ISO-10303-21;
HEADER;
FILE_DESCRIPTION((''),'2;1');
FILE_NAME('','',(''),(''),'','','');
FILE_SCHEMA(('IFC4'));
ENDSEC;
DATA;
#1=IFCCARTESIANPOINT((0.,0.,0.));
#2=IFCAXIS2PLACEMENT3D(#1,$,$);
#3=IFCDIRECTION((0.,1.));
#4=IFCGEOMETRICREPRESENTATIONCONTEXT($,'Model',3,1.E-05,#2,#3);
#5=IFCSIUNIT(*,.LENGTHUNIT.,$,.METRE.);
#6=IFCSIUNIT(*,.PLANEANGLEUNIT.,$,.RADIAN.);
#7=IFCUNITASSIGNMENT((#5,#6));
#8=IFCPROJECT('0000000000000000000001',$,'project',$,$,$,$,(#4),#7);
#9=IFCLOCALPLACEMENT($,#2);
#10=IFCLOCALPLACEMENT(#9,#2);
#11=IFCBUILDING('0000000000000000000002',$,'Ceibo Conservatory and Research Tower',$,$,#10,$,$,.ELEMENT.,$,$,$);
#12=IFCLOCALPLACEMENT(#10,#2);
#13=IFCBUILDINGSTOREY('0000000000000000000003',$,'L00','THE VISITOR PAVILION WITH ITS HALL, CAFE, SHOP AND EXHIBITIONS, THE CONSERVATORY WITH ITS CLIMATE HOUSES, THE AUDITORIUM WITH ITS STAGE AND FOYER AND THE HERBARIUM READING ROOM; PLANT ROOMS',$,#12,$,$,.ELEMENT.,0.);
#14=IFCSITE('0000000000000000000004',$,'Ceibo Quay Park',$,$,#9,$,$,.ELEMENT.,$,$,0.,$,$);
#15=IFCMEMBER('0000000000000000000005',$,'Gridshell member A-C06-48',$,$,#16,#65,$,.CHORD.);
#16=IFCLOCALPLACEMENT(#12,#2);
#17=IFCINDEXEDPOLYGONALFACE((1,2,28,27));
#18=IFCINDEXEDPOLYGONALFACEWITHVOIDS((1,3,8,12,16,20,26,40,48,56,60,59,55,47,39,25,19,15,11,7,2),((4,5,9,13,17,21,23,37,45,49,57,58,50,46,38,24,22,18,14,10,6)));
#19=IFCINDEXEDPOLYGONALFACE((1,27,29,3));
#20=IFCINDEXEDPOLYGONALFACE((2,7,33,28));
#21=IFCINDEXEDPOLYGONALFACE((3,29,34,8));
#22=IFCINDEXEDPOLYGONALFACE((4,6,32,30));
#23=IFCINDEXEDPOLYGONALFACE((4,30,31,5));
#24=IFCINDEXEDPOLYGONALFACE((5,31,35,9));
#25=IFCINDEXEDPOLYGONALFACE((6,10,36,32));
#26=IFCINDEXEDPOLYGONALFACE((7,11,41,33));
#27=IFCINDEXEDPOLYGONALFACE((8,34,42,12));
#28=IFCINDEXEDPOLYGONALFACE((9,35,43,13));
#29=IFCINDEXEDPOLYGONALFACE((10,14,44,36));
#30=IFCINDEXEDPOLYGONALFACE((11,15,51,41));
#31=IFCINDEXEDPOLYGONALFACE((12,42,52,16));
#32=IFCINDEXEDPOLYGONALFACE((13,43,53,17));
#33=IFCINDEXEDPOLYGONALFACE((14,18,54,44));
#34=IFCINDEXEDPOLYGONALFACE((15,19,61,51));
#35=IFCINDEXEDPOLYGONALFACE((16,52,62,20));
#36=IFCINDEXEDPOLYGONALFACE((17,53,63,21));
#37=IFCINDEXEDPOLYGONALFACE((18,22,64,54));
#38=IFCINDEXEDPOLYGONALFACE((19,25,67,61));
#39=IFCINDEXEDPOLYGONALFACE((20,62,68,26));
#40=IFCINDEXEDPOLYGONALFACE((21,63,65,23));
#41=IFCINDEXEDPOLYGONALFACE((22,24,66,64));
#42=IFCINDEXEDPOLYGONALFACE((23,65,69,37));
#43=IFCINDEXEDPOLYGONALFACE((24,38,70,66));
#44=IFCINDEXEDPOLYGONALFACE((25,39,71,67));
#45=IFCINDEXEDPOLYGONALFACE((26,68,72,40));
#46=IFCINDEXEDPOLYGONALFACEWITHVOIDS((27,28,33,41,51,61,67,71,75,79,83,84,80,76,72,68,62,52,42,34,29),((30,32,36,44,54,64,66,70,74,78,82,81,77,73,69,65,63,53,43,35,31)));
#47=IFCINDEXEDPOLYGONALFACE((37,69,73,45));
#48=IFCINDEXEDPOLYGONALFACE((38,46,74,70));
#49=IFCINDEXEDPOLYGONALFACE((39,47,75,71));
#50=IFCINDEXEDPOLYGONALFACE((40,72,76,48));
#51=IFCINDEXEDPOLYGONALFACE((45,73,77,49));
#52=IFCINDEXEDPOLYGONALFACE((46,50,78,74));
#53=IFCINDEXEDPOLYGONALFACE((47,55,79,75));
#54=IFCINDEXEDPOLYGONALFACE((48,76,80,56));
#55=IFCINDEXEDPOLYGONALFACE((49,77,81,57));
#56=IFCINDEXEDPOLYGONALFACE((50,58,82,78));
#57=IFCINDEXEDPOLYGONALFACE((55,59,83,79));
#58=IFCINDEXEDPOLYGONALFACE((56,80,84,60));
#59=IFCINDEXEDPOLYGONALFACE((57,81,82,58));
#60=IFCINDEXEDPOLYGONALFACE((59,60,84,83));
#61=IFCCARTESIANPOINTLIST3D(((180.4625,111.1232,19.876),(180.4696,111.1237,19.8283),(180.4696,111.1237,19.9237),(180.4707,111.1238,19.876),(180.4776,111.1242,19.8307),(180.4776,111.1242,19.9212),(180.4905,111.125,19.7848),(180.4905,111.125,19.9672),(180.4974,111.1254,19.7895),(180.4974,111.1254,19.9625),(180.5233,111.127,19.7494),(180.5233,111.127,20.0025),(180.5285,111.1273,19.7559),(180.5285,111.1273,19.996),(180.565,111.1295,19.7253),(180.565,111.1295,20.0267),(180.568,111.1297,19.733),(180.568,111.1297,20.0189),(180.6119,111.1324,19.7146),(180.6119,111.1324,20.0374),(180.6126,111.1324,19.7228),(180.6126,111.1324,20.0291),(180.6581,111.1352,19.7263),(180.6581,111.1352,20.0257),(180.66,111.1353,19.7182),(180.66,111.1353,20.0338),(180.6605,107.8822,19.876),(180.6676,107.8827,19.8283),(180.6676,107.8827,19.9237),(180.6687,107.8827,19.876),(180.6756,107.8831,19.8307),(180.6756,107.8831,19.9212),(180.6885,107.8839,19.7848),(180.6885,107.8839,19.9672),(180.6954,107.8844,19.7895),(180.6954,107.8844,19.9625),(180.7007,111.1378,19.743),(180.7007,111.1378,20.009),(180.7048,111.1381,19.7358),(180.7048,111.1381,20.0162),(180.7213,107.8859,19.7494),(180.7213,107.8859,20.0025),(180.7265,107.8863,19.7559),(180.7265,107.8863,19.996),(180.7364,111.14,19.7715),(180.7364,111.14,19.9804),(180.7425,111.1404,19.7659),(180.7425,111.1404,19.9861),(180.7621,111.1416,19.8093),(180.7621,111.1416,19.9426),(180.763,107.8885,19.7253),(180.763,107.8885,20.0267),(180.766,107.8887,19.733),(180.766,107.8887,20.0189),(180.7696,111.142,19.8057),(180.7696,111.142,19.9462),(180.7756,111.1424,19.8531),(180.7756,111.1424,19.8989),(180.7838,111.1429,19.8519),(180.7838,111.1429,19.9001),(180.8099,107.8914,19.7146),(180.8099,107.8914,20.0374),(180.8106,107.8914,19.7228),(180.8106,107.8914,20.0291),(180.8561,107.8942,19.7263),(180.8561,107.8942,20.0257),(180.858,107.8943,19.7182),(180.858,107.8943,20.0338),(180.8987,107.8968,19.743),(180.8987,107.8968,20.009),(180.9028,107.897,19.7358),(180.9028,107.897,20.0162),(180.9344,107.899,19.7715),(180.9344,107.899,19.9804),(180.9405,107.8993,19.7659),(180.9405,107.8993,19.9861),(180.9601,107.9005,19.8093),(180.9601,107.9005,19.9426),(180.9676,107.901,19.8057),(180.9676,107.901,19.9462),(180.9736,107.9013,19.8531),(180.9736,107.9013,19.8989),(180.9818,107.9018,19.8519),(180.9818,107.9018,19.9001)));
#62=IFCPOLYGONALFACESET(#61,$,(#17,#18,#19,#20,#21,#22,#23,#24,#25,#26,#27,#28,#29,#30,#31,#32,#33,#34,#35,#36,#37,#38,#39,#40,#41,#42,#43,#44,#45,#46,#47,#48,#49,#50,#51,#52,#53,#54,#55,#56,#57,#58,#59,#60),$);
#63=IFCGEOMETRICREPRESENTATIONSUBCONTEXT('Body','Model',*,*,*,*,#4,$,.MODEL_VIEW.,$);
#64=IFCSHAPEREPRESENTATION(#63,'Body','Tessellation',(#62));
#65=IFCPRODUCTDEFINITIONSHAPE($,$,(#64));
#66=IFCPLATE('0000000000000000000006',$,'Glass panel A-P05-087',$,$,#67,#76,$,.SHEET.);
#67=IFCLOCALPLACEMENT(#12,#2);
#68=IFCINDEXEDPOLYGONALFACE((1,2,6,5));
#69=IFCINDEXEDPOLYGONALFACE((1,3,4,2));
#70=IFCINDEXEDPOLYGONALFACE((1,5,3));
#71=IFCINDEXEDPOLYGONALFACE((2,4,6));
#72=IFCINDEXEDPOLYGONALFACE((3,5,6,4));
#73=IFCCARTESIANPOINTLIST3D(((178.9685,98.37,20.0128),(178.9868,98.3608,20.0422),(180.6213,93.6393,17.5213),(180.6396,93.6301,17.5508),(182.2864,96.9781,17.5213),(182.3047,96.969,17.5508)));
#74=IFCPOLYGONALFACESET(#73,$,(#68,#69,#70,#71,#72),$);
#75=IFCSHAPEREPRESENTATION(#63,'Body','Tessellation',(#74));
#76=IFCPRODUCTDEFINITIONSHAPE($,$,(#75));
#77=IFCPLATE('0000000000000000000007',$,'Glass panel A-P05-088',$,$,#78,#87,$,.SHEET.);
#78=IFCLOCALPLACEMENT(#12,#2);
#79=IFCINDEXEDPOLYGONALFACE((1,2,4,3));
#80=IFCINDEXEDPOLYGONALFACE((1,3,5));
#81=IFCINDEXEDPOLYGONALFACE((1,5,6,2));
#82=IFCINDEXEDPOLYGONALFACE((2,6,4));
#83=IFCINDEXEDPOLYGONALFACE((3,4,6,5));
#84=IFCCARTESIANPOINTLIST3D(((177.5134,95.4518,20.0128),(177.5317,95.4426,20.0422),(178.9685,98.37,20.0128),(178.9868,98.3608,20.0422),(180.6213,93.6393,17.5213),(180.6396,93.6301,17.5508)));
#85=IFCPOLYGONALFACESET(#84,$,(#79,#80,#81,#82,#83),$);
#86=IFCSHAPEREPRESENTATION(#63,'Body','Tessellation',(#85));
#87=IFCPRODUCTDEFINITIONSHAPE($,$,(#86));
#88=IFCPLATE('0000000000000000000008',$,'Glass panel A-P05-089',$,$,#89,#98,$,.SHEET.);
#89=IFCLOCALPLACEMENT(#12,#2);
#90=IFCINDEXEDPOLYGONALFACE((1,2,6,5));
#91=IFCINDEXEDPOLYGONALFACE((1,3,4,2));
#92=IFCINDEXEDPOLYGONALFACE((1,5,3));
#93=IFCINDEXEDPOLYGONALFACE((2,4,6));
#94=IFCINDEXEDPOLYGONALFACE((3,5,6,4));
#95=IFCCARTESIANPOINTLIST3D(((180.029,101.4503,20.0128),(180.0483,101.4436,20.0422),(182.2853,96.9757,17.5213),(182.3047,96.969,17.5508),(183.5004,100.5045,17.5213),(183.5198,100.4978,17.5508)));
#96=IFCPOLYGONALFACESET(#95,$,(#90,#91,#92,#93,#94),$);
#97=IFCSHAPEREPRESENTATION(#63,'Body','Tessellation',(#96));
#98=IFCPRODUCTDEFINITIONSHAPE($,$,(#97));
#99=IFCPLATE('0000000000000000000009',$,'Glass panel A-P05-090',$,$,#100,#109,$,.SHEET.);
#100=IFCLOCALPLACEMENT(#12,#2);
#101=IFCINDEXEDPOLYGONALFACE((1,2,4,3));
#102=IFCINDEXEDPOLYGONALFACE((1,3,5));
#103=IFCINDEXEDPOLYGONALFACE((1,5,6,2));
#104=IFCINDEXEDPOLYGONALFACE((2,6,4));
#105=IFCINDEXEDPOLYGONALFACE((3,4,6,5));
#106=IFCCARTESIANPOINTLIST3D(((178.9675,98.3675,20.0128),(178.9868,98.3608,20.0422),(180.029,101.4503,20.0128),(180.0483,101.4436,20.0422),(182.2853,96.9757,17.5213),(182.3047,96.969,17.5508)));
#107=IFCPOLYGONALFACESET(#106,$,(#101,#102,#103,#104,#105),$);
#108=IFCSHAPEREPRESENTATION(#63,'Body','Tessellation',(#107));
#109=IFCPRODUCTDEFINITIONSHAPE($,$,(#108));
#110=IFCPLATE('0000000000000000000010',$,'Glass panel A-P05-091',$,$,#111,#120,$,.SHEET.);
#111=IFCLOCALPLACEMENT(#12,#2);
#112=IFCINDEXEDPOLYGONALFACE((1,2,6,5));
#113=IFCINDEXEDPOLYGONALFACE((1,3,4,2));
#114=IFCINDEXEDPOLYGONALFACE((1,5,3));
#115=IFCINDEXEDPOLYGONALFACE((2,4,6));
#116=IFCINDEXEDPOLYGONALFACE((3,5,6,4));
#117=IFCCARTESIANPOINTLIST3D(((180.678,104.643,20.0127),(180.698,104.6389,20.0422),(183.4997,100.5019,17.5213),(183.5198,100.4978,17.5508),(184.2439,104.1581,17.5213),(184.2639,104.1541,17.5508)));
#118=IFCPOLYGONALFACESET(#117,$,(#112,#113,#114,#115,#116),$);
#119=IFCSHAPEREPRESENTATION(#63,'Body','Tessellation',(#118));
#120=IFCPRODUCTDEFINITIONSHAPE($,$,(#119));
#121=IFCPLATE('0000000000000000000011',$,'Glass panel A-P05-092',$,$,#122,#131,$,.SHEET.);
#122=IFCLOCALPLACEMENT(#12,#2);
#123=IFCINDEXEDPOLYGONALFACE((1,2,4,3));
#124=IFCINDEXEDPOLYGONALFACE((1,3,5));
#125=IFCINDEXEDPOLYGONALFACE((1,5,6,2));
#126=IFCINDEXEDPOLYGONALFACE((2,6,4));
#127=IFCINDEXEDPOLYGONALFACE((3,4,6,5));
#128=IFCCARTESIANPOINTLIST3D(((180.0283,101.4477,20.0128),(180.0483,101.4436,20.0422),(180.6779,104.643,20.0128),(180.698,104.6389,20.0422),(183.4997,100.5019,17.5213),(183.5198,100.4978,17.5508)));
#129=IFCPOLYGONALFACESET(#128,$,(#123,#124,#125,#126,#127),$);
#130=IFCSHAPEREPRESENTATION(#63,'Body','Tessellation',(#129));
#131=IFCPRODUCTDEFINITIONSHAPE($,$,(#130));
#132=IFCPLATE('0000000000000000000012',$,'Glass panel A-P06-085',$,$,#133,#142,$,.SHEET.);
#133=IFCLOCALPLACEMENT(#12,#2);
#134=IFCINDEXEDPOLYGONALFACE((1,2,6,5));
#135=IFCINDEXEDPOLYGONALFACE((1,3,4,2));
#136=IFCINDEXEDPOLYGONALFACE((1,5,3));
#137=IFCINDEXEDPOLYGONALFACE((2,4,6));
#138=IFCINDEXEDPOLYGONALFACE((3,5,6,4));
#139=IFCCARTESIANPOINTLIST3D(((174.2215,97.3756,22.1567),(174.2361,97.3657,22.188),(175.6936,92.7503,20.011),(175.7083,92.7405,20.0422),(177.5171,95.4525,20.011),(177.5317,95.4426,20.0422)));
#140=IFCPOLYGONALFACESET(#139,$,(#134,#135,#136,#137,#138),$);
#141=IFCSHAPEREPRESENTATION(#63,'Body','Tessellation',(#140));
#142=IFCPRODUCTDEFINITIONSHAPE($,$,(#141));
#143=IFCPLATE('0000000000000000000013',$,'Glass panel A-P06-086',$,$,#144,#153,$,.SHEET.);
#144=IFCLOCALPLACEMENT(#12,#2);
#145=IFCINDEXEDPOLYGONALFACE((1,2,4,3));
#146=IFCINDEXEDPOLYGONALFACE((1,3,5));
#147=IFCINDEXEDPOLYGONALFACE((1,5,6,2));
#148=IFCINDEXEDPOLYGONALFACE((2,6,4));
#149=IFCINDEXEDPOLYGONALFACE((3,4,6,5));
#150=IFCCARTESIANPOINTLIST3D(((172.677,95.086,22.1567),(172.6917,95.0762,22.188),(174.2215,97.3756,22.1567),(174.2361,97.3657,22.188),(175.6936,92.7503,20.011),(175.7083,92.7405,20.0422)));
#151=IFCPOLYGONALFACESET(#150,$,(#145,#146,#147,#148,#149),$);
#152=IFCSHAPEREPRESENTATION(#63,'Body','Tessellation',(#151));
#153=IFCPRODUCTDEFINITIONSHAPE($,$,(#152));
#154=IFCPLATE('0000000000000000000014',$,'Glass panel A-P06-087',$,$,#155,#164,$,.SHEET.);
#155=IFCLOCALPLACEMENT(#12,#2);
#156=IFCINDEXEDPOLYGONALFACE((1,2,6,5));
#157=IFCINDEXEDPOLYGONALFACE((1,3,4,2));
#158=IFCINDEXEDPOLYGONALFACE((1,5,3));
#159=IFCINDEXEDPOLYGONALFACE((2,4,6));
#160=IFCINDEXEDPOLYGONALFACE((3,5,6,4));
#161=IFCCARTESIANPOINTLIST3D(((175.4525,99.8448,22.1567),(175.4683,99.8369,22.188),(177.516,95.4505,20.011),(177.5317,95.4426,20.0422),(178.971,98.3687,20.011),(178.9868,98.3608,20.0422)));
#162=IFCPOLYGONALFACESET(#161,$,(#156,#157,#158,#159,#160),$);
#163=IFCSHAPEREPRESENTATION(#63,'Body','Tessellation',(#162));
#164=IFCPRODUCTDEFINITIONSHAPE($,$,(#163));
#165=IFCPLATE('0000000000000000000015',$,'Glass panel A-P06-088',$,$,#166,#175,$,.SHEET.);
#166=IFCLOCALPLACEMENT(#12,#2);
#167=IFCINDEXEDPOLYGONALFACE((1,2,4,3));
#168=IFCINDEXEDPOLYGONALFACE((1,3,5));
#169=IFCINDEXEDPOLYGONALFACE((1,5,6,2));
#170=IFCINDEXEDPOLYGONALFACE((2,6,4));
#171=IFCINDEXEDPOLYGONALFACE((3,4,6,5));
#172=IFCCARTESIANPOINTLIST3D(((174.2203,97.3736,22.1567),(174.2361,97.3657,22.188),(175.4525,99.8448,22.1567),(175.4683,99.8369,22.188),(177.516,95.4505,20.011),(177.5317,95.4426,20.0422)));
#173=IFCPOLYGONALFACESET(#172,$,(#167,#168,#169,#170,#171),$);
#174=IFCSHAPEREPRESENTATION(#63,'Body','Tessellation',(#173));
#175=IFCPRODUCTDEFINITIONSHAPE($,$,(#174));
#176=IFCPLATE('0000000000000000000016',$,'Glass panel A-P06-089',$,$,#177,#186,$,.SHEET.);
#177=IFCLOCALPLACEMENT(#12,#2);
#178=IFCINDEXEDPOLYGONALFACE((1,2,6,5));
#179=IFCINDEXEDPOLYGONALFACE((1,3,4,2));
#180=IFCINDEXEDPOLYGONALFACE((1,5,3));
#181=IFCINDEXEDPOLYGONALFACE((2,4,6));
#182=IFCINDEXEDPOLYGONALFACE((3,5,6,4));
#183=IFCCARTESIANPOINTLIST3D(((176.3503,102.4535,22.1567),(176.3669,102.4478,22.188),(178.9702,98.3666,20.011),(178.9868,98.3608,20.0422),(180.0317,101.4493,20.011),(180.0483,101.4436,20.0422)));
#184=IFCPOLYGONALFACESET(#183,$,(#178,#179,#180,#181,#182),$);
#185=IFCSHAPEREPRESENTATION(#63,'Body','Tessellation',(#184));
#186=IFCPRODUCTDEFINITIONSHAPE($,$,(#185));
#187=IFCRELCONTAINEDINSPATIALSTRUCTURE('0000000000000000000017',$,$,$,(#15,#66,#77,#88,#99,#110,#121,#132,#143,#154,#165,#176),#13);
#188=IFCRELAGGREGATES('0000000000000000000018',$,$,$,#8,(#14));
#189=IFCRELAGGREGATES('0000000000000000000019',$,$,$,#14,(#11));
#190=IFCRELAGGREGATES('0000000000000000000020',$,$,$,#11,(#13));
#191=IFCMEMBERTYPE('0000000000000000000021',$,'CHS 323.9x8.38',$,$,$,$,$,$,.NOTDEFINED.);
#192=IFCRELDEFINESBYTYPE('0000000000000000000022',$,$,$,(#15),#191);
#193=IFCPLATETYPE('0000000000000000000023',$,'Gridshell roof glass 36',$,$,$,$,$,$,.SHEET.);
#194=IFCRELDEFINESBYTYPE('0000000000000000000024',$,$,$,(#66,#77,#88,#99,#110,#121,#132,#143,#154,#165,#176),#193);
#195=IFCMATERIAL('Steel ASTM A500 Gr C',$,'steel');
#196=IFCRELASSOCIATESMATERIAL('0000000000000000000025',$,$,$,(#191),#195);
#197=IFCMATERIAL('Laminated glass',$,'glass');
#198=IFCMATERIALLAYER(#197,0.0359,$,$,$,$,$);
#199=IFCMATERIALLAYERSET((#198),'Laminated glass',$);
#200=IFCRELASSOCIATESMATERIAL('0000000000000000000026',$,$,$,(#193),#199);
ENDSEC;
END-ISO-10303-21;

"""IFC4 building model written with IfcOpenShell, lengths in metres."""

from ifc_helpers import new_model, si_unit, direction, frame, origin, origin_2d, place, context, subcontext, project, spatial, polyline, hollow_circle, outline, extrude, material, layer, layer_set, material_profile, profile_set, type_object, element, save


model = new_model("IFC4")

# Units and contexts
model_context = context("Model", 3, precision=1e-05, world=origin(), true_north=direction((0.0, 1.0)))
body_context = subcontext(model_context, "Body", "Model", "MODEL_VIEW")
ifc_project = project(units=[si_unit("LENGTHUNIT", "METRE"), si_unit("PLANEANGLEUNIT", "RADIAN")], contexts=[model_context])

# Site, building, storey
site_placement = place(None, origin())
site = spatial("IfcSite", under=ifc_project, at=site_placement, Name="Ceibo Quay Park", CompositionType="ELEMENT", RefElevation=0.0)
building_placement = place(site_placement, origin())
building = spatial("IfcBuilding", under=site, at=building_placement, Name="Ceibo Conservatory and Research Tower", CompositionType="ELEMENT")
storey_placement = place(building_placement, origin())
storey = spatial("IfcBuildingStorey", under=building, at=storey_placement, Name="L00", Description="THE VISITOR PAVILION WITH ITS HALL, CAFE, SHOP AND EXHIBITIONS, THE CONSERVATORY WITH ITS CLIMATE HOUSES, THE AUDITORIUM WITH ITS STAGE AND FOYER AND THE HERBARIUM READING ROOM; PLANT ROOMS", CompositionType="ELEMENT", Elevation=0.0)

# Member
ifc_material_1 = material(Name="Steel ASTM A500 Gr C", Category="steel")
ifc_material_profile_1 = material_profile(ifc_material_1, hollow_circle(Radius=0.1619, WallThickness=0.0083, at=origin_2d()), Name="CHS 323.9x8.38")
ifc_profile_set_1 = profile_set([ifc_material_profile_1], Name="Steel ASTM A500 Gr C")
member_type_1 = type_object("IfcMemberType", Name="CHS 323.9x8.38", PredefinedType="NOTDEFINED", material=ifc_profile_set_1)
for number, where, z_axis, x_axis, name in (
    (1, (180.822, 107.8921, 19.876), (-0.060979, 0.998139, 0.0), (-0.998139, -0.060979, 0.0), "Gridshell member A-C06-48"),
):
    element("IfcMember", number, at=place(storey_placement, frame(where, z_axis=z_axis, x_axis=x_axis)), inside=storey, type_object=member_type_1, Name=name, PredefinedType="CHORD", context=body_context, shape_type="SweptSolid", body=[
        extrude(hollow_circle(Radius=0.1619, WallThickness=0.0083, at=origin_2d()), origin(), (0.0, 0.0, 1.0), 3.2471),
    ])

# Plates
ifc_material_2 = material(Name="Laminated glass", Category="glass")
ifc_layer = layer(ifc_material_2, 0.0359)
ifc_layer_set = layer_set([ifc_layer], Name="Laminated glass")
plate_type = type_object("IfcPlateType", Name="Gridshell roof glass 36", PredefinedType="SHEET", material=ifc_layer_set)
plate_1_placement = place(storey_placement, frame((180.6396, 93.6301, 17.5508), z_axis=(0.510196, -0.254427, 0.821564), x_axis=(0.446271, 0.894898, 0.0)))
element("IfcPlate", 2, at=plate_1_placement, inside=storey, type_object=plate_type, Name="Glass panel A-P05-087", PredefinedType="SHEET", context=body_context, shape_type="SweptSolid", body=[
    extrude(outline(polyline([(0.0, 0.0), (3.731, 0.0), (3.4959, 4.3701), (0.0, 0.0)])), origin(), (0.0, 0.0, -1.0), 0.0359),
])
plate_2_placement = place(storey_placement, frame((180.6396, 93.6301, 17.5508), z_axis=(0.510227, -0.254409, 0.82155), x_axis=(-0.295342, 0.845325, 0.445195)))
element("IfcPlate", 3, at=plate_2_placement, inside=storey, type_object=plate_type, Name="Glass panel A-P05-088", PredefinedType="SHEET", context=body_context, shape_type="SweptSolid", body=[
    extrude(outline(polyline([(0.0, 0.0), (5.5963, 0.0), (3.5592, 2.5463), (0.0, 0.0)])), origin(), (0.0, 0.0, -1.0), 0.0359),
])
plate_3_placement = place(storey_placement, frame((182.3047, 96.969, 17.5508), z_axis=(0.539062, -0.185617, 0.821558), x_axis=(0.325573, 0.945517, 0.0)))
element("IfcPlate", 4, at=plate_3_placement, inside=storey, type_object=plate_type, Name="Glass panel A-P05-089", PredefinedType="SHEET", context=body_context, shape_type="SweptSolid", body=[
    extrude(outline(polyline([(0.0, 0.0), (3.7321, 0.0), (3.4962, 4.37), (0.0, 0.0)])), origin(), (0.0, 0.0, -1.0), 0.0359),
])
plate_4_placement = place(storey_placement, frame((182.3047, 96.969, 17.5508), z_axis=(0.539058, -0.18562, 0.82156), x_axis=(-0.403173, 0.79954, 0.445183)))
element("IfcPlate", 5, at=plate_4_placement, inside=storey, type_object=plate_type, Name="Glass panel A-P05-090", PredefinedType="SHEET", context=body_context, shape_type="SweptSolid", body=[
    extrude(outline(polyline([(0.0, 0.0), (5.5965, 0.0), (3.5597, 2.5459), (0.0, 0.0)])), origin(), (0.0, 0.0, -1.0), 0.0359),
])
plate_5_placement = place(storey_placement, frame((183.5198, 100.4978, 17.5508), z_axis=(0.558592, -0.113688, 0.821614), x_axis=(0.199437, 0.979911, 0.0)))
element("IfcPlate", 6, at=plate_5_placement, inside=storey, type_object=plate_type, Name="Glass panel A-P05-091", PredefinedType="SHEET", context=body_context, shape_type="SweptSolid", body=[
    extrude(outline(polyline([(0.0, 0.0), (3.7312, 0.0), (3.4952, 4.3706), (0.0, 0.0)])), origin(), (0.0, 0.0, -1.0), 0.0359),
])
plate_6_placement = place(storey_placement, frame((183.5198, 100.4978, 17.5508), z_axis=(0.558689, -0.11359, 0.821562), x_axis=(-0.504222, 0.739973, 0.445197)))
element("IfcPlate", 7, at=plate_6_placement, inside=storey, type_object=plate_type, Name="Glass panel A-P05-092", PredefinedType="SHEET", context=body_context, shape_type="SweptSolid", body=[
    extrude(outline(polyline([(0.0, 0.0), (5.5963, 0.0), (3.5594, 2.5462), (0.0, 0.0)])), origin(), (0.0, 0.0, -1.0), 0.0359),
])
plate_7_placement = place(storey_placement, frame((175.7083, 92.7405, 20.0422), z_axis=(0.406962, -0.274629, 0.871184), x_axis=(0.559375, 0.828915, 0.0)))
element("IfcPlate", 8, at=plate_7_placement, inside=storey, type_object=plate_type, Name="Glass panel A-P06-085", PredefinedType="SHEET", context=body_context, shape_type="SweptSolid", body=[
    extrude(outline(polyline([(0.0, 0.0), (3.2599, 0.0), (3.0104, 4.3705), (0.0, 0.0)])), origin(), (0.0, 0.0, -1.0), 0.0359),
])
plate_8_placement = place(storey_placement, frame((175.7083, 92.7405, 20.0422), z_axis=(0.407058, -0.274584, 0.871153), x_axis=(-0.2774, 0.871534, 0.404324)))
element("IfcPlate", 9, at=plate_8_placement, inside=storey, type_object=plate_type, Name="Glass panel A-P06-086", PredefinedType="SHEET", context=body_context, shape_type="SweptSolid", body=[
    extrude(outline(polyline([(0.0, 0.0), (5.307, 0.0), (3.74, 2.2742), (0.0, 0.0)])), origin(), (0.0, 0.0, -1.0), 0.0359),
])
plate_9_placement = place(storey_placement, frame((177.5317, 95.4426, 20.0422), z_axis=(0.439373, -0.21908, 0.87118), x_axis=(0.446225, 0.894921, 0.0)))
element("IfcPlate", 10, at=plate_9_placement, inside=storey, type_object=plate_type, Name="Glass panel A-P06-087", PredefinedType="SHEET", context=body_context, shape_type="SweptSolid", body=[
    extrude(outline(polyline([(0.0, 0.0), (3.2609, 0.0), (3.0118, 4.3705), (0.0, 0.0)])), origin(), (0.0, 0.0, -1.0), 0.0359),
])
plate_10_placement = place(storey_placement, frame((177.5317, 95.4426, 20.0422), z_axis=(0.439374, -0.219079, 0.87118), x_axis=(-0.388769, 0.827904, 0.40427)))
element("IfcPlate", 11, at=plate_10_placement, inside=storey, type_object=plate_type, Name="Glass panel A-P06-088", PredefinedType="SHEET", context=body_context, shape_type="SweptSolid", body=[
    extrude(outline(polyline([(0.0, 0.0), (5.3077, 0.0), (3.7408, 2.2738), (0.0, 0.0)])), origin(), (0.0, 0.0, -1.0), 0.0359),
])
plate_11_placement = place(storey_placement, frame((178.9868, 98.3608, 20.0422), z_axis=(0.464189, -0.15984, 0.871194), x_axis=(0.32558, 0.945515, 0.0)))
element("IfcPlate", 12, at=plate_11_placement, inside=storey, type_object=plate_type, Name="Glass panel A-P06-089", PredefinedType="SHEET", context=body_context, shape_type="SweptSolid", body=[
    extrude(outline(polyline([(0.0, 0.0), (3.2604, 0.0), (3.0113, 4.3707), (0.0, 0.0)])), origin(), (0.0, 0.0, -1.0), 0.0359),
])

save(model, "model.ifc")
